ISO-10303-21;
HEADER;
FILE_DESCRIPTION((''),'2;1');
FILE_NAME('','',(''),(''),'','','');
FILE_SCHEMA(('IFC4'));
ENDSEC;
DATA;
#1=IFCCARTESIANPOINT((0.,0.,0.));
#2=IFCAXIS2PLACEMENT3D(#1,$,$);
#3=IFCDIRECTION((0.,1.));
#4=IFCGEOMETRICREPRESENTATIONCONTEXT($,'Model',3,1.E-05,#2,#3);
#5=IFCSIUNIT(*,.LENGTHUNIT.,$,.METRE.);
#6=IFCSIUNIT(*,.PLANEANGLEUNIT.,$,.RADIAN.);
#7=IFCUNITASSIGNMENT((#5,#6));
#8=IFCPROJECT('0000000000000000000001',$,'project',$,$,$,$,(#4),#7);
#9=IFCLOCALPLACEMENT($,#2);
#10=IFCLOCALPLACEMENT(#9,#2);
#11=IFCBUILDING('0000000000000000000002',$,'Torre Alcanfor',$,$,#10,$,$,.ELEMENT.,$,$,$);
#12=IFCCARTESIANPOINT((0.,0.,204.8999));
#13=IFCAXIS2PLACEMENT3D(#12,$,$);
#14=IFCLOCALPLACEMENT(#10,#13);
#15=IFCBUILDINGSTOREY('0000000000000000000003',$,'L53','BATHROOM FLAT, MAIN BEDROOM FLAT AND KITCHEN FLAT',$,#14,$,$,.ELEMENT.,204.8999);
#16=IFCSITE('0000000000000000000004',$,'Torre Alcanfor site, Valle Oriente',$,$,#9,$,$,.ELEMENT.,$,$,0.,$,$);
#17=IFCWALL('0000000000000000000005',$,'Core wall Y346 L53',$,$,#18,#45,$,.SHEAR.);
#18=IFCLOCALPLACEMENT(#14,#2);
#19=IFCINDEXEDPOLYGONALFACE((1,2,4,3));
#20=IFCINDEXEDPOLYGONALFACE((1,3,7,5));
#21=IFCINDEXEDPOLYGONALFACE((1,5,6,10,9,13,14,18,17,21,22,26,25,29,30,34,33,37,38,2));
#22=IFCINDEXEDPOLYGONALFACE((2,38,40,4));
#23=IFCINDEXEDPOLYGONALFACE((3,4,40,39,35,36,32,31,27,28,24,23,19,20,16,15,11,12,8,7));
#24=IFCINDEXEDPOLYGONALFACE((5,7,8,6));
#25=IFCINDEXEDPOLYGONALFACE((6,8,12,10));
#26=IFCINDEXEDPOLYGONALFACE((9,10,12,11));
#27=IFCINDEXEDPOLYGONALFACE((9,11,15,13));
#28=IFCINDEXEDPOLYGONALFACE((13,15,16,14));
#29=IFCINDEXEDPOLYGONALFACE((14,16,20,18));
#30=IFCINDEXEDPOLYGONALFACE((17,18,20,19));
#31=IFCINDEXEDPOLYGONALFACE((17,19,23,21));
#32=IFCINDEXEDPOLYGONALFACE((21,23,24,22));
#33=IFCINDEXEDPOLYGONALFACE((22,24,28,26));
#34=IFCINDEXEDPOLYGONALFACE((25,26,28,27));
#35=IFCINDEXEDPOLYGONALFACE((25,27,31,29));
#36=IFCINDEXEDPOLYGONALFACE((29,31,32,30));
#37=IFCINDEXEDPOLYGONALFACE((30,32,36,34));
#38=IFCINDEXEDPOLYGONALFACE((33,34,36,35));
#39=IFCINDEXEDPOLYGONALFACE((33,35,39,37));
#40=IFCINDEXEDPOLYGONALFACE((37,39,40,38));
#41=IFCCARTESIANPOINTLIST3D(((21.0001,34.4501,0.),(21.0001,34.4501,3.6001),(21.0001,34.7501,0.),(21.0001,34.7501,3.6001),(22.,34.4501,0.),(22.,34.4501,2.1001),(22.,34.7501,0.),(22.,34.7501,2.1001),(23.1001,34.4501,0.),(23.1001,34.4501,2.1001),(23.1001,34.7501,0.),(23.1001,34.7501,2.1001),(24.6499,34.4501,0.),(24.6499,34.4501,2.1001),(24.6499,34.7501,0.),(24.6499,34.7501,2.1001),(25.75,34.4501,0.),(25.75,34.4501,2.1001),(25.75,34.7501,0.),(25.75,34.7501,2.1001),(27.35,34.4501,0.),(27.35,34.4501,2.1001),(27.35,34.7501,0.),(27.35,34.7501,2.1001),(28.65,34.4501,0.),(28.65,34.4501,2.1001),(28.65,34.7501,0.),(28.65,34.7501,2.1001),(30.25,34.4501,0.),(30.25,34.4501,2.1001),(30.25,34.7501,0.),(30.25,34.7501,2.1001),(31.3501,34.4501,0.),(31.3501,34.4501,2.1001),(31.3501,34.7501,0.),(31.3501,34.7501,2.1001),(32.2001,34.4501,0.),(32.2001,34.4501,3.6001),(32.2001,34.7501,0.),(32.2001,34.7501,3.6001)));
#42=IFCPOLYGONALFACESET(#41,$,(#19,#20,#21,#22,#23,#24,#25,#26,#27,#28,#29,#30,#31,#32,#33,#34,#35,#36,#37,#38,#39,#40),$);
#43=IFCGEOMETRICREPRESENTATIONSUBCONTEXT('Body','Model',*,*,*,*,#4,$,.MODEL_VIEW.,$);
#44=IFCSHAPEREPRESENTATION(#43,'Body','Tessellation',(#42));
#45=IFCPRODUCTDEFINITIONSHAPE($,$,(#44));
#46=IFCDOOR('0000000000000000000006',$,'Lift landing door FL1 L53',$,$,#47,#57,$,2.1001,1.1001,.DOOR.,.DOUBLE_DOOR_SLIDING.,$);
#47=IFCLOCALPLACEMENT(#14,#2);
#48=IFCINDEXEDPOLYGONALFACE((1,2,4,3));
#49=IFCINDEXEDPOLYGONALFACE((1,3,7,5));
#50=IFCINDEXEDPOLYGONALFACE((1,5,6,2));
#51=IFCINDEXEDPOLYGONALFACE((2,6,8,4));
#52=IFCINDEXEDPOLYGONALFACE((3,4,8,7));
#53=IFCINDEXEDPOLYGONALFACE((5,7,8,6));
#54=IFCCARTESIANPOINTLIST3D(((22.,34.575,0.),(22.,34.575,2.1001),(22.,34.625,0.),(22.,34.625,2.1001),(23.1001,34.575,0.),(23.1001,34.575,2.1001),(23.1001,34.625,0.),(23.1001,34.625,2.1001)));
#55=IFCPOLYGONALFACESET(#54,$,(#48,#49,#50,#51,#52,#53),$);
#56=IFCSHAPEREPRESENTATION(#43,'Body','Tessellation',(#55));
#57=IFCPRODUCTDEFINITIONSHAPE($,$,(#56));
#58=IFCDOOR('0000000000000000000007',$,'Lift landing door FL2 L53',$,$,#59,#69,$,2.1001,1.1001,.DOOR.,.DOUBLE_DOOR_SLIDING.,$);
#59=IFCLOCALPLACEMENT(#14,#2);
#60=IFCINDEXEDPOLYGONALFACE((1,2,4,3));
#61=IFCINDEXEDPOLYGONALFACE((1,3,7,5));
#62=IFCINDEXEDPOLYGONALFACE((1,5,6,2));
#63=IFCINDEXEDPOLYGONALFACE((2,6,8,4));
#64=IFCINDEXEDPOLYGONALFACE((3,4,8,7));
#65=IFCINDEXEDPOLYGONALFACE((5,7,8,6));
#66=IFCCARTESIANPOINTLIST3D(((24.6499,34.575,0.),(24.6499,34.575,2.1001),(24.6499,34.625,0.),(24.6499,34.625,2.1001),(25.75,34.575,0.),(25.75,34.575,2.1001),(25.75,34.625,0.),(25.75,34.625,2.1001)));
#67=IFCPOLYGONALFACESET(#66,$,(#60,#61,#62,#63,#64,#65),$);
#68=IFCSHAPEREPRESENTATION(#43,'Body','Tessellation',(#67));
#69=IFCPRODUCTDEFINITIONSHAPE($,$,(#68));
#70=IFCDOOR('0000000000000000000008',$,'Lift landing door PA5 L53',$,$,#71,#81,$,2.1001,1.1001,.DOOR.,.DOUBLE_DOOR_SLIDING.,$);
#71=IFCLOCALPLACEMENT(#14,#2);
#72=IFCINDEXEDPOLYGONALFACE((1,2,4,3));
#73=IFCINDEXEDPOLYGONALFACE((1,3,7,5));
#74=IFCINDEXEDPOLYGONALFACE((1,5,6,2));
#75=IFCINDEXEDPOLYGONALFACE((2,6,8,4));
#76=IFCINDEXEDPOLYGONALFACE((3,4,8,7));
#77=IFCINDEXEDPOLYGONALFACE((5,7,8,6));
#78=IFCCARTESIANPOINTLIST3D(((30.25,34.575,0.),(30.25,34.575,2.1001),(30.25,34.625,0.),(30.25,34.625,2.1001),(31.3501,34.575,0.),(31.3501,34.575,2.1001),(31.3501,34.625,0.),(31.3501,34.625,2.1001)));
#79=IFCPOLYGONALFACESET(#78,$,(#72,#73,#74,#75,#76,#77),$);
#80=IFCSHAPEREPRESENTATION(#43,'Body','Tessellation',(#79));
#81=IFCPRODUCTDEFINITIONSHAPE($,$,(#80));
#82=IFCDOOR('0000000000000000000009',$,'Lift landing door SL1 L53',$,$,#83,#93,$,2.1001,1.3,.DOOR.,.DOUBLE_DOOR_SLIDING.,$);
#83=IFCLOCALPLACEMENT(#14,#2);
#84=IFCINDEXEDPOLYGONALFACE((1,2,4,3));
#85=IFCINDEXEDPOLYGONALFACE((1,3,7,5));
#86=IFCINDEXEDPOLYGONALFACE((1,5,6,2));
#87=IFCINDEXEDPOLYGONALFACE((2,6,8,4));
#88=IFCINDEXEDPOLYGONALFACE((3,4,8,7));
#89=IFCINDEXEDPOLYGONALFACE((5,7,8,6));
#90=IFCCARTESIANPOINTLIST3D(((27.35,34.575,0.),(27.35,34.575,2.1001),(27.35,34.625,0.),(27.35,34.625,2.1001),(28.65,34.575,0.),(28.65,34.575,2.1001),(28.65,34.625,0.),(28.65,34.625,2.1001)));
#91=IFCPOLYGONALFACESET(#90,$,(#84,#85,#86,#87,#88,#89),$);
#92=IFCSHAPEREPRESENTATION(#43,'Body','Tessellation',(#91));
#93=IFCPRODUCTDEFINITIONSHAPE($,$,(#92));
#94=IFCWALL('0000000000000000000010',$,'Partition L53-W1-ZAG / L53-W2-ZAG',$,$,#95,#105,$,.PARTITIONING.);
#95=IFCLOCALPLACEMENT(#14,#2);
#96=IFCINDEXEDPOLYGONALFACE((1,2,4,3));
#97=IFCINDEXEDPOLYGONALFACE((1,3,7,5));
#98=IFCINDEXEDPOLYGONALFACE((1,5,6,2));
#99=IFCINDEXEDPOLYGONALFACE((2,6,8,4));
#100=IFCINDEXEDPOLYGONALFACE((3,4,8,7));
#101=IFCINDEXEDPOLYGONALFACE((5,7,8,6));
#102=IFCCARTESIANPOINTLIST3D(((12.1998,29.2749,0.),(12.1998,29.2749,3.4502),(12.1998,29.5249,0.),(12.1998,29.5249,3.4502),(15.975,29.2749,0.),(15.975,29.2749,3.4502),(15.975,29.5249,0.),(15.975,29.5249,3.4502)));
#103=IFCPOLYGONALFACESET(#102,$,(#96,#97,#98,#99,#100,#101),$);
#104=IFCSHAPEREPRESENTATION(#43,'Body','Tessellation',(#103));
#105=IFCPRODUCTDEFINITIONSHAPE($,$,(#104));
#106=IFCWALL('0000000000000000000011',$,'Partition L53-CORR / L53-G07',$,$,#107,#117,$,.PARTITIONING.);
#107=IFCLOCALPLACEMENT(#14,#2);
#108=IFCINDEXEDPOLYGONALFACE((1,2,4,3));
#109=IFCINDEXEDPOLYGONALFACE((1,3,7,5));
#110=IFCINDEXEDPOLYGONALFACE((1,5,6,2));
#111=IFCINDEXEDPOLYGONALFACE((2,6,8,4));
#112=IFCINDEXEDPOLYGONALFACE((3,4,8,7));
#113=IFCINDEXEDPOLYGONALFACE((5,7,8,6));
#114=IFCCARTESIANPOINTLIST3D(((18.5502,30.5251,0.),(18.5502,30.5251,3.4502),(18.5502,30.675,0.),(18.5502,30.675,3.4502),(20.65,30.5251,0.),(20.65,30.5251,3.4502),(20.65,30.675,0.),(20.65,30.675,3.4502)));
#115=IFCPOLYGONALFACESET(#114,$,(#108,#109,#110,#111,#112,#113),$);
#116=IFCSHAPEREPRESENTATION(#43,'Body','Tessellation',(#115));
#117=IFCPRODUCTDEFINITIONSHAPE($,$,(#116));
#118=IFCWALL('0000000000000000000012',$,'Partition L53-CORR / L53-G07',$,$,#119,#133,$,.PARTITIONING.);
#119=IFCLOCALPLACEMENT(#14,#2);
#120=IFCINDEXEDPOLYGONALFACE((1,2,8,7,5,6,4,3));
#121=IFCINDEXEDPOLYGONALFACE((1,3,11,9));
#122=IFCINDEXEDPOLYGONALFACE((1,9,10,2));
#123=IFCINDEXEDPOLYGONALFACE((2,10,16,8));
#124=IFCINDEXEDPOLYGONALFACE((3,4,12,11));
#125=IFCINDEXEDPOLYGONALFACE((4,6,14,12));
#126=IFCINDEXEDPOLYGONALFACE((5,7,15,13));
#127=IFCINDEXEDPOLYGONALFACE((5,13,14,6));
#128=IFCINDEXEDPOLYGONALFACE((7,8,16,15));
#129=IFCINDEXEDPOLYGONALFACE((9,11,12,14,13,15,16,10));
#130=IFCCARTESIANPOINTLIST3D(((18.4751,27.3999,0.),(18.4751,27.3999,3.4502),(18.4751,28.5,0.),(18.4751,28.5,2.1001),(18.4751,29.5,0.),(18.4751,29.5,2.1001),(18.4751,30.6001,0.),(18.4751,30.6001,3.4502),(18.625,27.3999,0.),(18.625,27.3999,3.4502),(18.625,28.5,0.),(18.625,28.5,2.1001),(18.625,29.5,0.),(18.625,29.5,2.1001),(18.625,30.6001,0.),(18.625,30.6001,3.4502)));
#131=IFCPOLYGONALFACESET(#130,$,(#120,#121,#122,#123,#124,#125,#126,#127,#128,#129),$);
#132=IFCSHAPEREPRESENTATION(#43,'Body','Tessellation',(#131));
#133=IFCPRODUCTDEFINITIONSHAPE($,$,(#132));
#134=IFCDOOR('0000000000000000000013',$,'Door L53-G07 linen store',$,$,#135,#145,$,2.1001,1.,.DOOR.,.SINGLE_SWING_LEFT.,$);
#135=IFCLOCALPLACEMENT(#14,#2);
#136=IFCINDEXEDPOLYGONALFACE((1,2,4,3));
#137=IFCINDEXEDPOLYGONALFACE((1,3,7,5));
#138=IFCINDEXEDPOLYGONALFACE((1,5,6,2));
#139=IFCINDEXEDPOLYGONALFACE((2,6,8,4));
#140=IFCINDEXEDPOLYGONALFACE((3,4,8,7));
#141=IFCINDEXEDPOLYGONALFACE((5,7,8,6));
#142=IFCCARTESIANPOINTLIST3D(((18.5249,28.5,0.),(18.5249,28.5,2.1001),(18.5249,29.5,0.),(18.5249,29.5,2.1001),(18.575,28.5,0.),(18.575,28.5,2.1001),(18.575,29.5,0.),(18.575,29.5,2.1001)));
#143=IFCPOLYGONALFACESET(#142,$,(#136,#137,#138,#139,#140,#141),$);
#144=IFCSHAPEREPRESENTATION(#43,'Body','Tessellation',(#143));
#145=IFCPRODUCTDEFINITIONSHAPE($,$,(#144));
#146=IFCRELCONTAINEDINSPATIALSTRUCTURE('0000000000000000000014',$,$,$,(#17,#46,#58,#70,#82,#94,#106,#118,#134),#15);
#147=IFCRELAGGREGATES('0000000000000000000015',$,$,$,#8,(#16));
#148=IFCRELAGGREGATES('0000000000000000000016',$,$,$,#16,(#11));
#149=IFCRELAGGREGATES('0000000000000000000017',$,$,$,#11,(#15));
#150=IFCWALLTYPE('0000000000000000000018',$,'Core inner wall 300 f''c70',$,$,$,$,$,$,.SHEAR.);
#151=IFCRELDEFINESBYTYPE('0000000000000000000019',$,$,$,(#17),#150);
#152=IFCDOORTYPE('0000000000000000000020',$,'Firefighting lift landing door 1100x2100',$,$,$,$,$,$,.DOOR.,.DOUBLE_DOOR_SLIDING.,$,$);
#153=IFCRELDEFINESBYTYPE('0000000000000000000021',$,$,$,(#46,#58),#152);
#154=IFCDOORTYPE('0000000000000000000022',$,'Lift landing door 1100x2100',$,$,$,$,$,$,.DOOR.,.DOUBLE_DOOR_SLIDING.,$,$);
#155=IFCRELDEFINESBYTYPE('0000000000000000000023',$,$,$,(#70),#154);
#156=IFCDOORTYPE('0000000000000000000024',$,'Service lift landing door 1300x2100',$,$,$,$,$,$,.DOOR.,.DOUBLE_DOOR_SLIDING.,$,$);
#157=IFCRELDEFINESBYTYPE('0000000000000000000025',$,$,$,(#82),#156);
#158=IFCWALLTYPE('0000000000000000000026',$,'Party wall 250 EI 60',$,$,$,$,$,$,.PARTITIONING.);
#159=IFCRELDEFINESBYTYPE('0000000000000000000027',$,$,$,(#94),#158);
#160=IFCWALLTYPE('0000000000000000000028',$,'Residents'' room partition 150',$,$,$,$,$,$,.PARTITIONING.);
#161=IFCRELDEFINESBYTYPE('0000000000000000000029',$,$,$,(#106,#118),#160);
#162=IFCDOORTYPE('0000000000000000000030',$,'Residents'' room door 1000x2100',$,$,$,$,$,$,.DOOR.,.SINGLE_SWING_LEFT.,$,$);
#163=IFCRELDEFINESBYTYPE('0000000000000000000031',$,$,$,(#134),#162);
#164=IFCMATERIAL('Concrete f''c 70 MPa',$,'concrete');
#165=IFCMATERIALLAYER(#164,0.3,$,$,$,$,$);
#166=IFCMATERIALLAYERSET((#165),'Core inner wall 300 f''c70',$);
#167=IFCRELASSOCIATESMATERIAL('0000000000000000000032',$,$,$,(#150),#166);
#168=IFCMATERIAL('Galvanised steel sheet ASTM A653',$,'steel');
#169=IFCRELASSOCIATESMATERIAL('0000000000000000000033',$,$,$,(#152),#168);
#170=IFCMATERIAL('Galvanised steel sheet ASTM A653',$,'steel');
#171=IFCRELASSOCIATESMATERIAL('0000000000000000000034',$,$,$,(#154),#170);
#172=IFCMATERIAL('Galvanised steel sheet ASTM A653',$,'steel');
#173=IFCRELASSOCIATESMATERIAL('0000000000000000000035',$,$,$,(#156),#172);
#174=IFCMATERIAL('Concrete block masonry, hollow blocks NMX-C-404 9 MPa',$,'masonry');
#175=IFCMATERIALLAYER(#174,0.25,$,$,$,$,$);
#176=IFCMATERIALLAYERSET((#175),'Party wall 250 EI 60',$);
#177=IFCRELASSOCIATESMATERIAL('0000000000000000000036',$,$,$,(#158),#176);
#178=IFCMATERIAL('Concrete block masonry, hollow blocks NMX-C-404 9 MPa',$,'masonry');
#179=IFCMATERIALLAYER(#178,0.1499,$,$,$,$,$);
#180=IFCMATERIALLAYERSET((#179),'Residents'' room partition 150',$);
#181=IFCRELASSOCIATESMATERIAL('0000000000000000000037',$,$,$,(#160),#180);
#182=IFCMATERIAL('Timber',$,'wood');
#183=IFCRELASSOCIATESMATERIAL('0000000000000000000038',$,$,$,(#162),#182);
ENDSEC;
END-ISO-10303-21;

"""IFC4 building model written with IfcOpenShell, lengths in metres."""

from ifc_helpers import new_model, si_unit, direction, frame, frame_2d, origin, place, context, subcontext, project, spatial, rectangle, extrude, material, layer, layer_set, type_object, element, fill, save


model = new_model("IFC4")

# Units and contexts
model_context = context("Model", 3, precision=1e-05, world=origin(), true_north=direction((0.0, 1.0)))
body_context = subcontext(model_context, "Body", "Model", "MODEL_VIEW")
ifc_project = project(units=[si_unit("LENGTHUNIT", "METRE"), si_unit("PLANEANGLEUNIT", "RADIAN")], contexts=[model_context])

# Site, building, storey
site_placement = place(None, origin())
site = spatial("IfcSite", under=ifc_project, at=site_placement, Name="Torre Alcanfor site, Valle Oriente", CompositionType="ELEMENT", RefElevation=0.0)
building_placement = place(site_placement, origin())
building = spatial("IfcBuilding", under=site, at=building_placement, Name="Torre Alcanfor", CompositionType="ELEMENT")
storey_placement = place(building_placement, frame((0.0, 0.0, 204.8999)))
storey = spatial("IfcBuildingStorey", under=building, at=storey_placement, Name="L53", Description="BATHROOM FLAT, MAIN BEDROOM FLAT AND KITCHEN FLAT", CompositionType="ELEMENT", Elevation=204.8999)

# Shared definitions
ifc_material_1 = material(Name="Concrete f'c 70 MPa", Category="concrete")
ifc_layer_1 = layer(ifc_material_1, 0.3)
ifc_layer_set_1 = layer_set([ifc_layer_1], Name="Core inner wall 300 f'c70")
wall_type_1 = type_object("IfcWallType", Name="Core inner wall 300 f'c70", PredefinedType="SHEAR", material=ifc_layer_set_1)

# Wall, openings, doors
wall_1_placement = place(storey_placement, frame((21.0, 34.6001, 0.0), z_axis=(0.0, 0.0, 1.0), x_axis=(1.0, 0.0, 0.0)))
wall_1 = element("IfcWall", 1, at=wall_1_placement, inside=storey, type_object=wall_type_1, Name="Core wall Y346 L53", PredefinedType="SHEAR", context=body_context, shape_type="SweptSolid", body=[
    extrude(rectangle(XDim=11.2, YDim=0.3, at=frame_2d((5.6001, 0.0))), origin(), (0.0, 0.0, 1.0), 3.6001),
])
opening_1_placement = place(wall_1_placement, frame((9.25, 0.0, 0.0)))
opening_1 = element("IfcOpeningElement", 2, at=opening_1_placement, cuts=wall_1, PredefinedType="OPENING", context=body_context, shape_type="SweptSolid", body=[
    extrude(rectangle(XDim=1.1001, YDim=2.1001, at=frame_2d((0.55, 1.05))), frame((0.0, 0.1599, 0.0), z_axis=(0.0, -1.0, 0.0), x_axis=(1.0, 0.0, 0.0)), (0.0, 0.0, 1.0), 0.3201),
])
opening_2_placement = place(wall_1_placement, frame((1.0, 0.0, 0.0)))
opening_2 = element("IfcOpeningElement", 3, at=opening_2_placement, cuts=wall_1, PredefinedType="OPENING", context=body_context, shape_type="SweptSolid", body=[
    extrude(rectangle(XDim=1.1001, YDim=2.1001, at=frame_2d((0.55, 1.05))), frame((0.0, 0.1599, 0.0), z_axis=(0.0, -1.0, 0.0), x_axis=(1.0, 0.0, 0.0)), (0.0, 0.0, 1.0), 0.3201),
])
opening_3_placement = place(wall_1_placement, frame((3.6499, 0.0, 0.0)))
opening_3 = element("IfcOpeningElement", 4, at=opening_3_placement, cuts=wall_1, PredefinedType="OPENING", context=body_context, shape_type="SweptSolid", body=[
    extrude(rectangle(XDim=1.1001, YDim=2.1001, at=frame_2d((0.55, 1.05))), frame((0.0, 0.1599, 0.0), z_axis=(0.0, -1.0, 0.0), x_axis=(1.0, 0.0, 0.0)), (0.0, 0.0, 1.0), 0.3201),
])
opening_4_placement = place(wall_1_placement, frame((6.3501, 0.0, 0.0)))
opening_4 = element("IfcOpeningElement", 5, at=opening_4_placement, cuts=wall_1, PredefinedType="OPENING", context=body_context, shape_type="SweptSolid", body=[
    extrude(rectangle(XDim=1.3, YDim=2.1001, at=frame_2d((0.6499, 1.05))), frame((0.0, 0.1599, 0.0), z_axis=(0.0, -1.0, 0.0), x_axis=(1.0, 0.0, 0.0)), (0.0, 0.0, 1.0), 0.3201),
])
ifc_material_2 = material(Name="Galvanised steel sheet ASTM A653", Category="steel")
door_type_1 = type_object("IfcDoorType", Name="Firefighting lift landing door 1100x2100", OperationType="DOUBLE_DOOR_SLIDING", PredefinedType="DOOR", material=ifc_material_2)
door_1_placement = place(opening_2_placement, origin())
door_1 = element("IfcDoor", 6, at=door_1_placement, inside=storey, type_object=door_type_1, Name="Lift landing door FL1 L53", OperationType="DOUBLE_DOOR_SLIDING", OverallHeight=2.1001, OverallWidth=1.1001, PredefinedType="DOOR", context=body_context, shape_type="SweptSolid", body=[
    extrude(rectangle(XDim=1.1001, YDim=2.1001, at=frame_2d((0.55, 1.05))), frame((0.0, 0.0249, 0.0), z_axis=(0.0, -1.0, 0.0), x_axis=(1.0, 0.0, 0.0)), (0.0, 0.0, 1.0), 0.05),
])
fill(opening_2, door_1)
door_2_placement = place(opening_3_placement, origin())
door_2 = element("IfcDoor", 7, at=door_2_placement, inside=storey, type_object=door_type_1, Name="Lift landing door FL2 L53", OperationType="DOUBLE_DOOR_SLIDING", OverallHeight=2.1001, OverallWidth=1.1001, PredefinedType="DOOR", context=body_context, shape_type="SweptSolid", body=[
    extrude(rectangle(XDim=1.1001, YDim=2.1001, at=frame_2d((0.55, 1.05))), frame((0.0, 0.0249, 0.0), z_axis=(0.0, -1.0, 0.0), x_axis=(1.0, 0.0, 0.0)), (0.0, 0.0, 1.0), 0.05),
])
fill(opening_3, door_2)
ifc_material_3 = material(Name="Galvanised steel sheet ASTM A653", Category="steel")
door_type_2 = type_object("IfcDoorType", Name="Lift landing door 1100x2100", OperationType="DOUBLE_DOOR_SLIDING", PredefinedType="DOOR", material=ifc_material_3)
door_3_placement = place(opening_1_placement, origin())
door_3 = element("IfcDoor", 8, at=door_3_placement, inside=storey, type_object=door_type_2, Name="Lift landing door PA5 L53", OperationType="DOUBLE_DOOR_SLIDING", OverallHeight=2.1001, OverallWidth=1.1001, PredefinedType="DOOR", context=body_context, shape_type="SweptSolid", body=[
    extrude(rectangle(XDim=1.1001, YDim=2.1001, at=frame_2d((0.55, 1.05))), frame((0.0, 0.0249, 0.0), z_axis=(0.0, -1.0, 0.0), x_axis=(1.0, 0.0, 0.0)), (0.0, 0.0, 1.0), 0.05),
])
fill(opening_1, door_3)
ifc_material_4 = material(Name="Galvanised steel sheet ASTM A653", Category="steel")
door_type_3 = type_object("IfcDoorType", Name="Service lift landing door 1300x2100", OperationType="DOUBLE_DOOR_SLIDING", PredefinedType="DOOR", material=ifc_material_4)
door_4_placement = place(opening_4_placement, origin())
door_4 = element("IfcDoor", 9, at=door_4_placement, inside=storey, type_object=door_type_3, Name="Lift landing door SL1 L53", OperationType="DOUBLE_DOOR_SLIDING", OverallHeight=2.1001, OverallWidth=1.3, PredefinedType="DOOR", context=body_context, shape_type="SweptSolid", body=[
    extrude(rectangle(XDim=1.3, YDim=2.1001, at=frame_2d((0.6499, 1.05))), frame((0.0, 0.0249, 0.0), z_axis=(0.0, -1.0, 0.0), x_axis=(1.0, 0.0, 0.0)), (0.0, 0.0, 1.0), 0.05),
])
fill(opening_4, door_4)

# Walls
ifc_material_5 = material(Name="Concrete block masonry, hollow blocks NMX-C-404 9 MPa", Category="masonry")
ifc_layer_2 = layer(ifc_material_5, 0.25)
ifc_layer_set_2 = layer_set([ifc_layer_2], Name="Party wall 250 EI 60")
wall_type_2 = type_object("IfcWallType", Name="Party wall 250 EI 60", PredefinedType="PARTITIONING", material=ifc_layer_set_2)
wall_2_placement = place(storey_placement, frame((15.9751, 29.3999, 0.0), z_axis=(0.0, 0.0, 1.0), x_axis=(-1.0, 0.0, 0.0)))
element("IfcWall", 10, at=wall_2_placement, inside=storey, type_object=wall_type_2, Name="Partition L53-W1-ZAG / L53-W2-ZAG", PredefinedType="PARTITIONING", context=body_context, shape_type="SweptSolid", body=[
    extrude(rectangle(XDim=3.7751, YDim=0.25, at=frame_2d((1.8877, 0.0))), origin(), (0.0, 0.0, 1.0), 3.4502),
])
ifc_material_6 = material(Name="Concrete block masonry, hollow blocks NMX-C-404 9 MPa", Category="masonry")
ifc_layer_3 = layer(ifc_material_6, 0.1499)
ifc_layer_set_3 = layer_set([ifc_layer_3], Name="Residents' room partition 150")
wall_type_3 = type_object("IfcWallType", Name="Residents' room partition 150", PredefinedType="PARTITIONING", material=ifc_layer_set_3)
wall_3_placement = place(storey_placement, frame((20.6499, 30.6001, 0.0), z_axis=(0.0, 0.0, 1.0), x_axis=(-1.0, 0.0, 0.0)))
element("IfcWall", 11, at=wall_3_placement, inside=storey, type_object=wall_type_3, Name="Partition L53-CORR / L53-G07", PredefinedType="PARTITIONING", context=body_context, shape_type="SweptSolid", body=[
    extrude(rectangle(XDim=2.0999, YDim=0.1499, at=frame_2d((1.0498, 0.0))), origin(), (0.0, 0.0, 1.0), 3.4502),
])

# Wall, opening, door
wall_4_placement = place(storey_placement, frame((18.55, 30.6001, 0.0), z_axis=(0.0, 0.0, 1.0), x_axis=(0.0, -1.0, 0.0)))
wall_4 = element("IfcWall", 12, at=wall_4_placement, inside=storey, type_object=wall_type_3, Name="Partition L53-CORR / L53-G07", PredefinedType="PARTITIONING", context=body_context, shape_type="SweptSolid", body=[
    extrude(rectangle(XDim=3.2002, YDim=0.1499, at=frame_2d((1.6001, 0.0))), origin(), (0.0, 0.0, 1.0), 3.4502),
])
opening_5_placement = place(wall_4_placement, frame((1.1001, 0.0, 0.0)))
opening_5 = element("IfcOpeningElement", 13, at=opening_5_placement, cuts=wall_4, PredefinedType="OPENING", context=body_context, shape_type="SweptSolid", body=[
    extrude(rectangle(XDim=1.0, YDim=2.1001, at=frame_2d((0.5, 1.05))), frame((0.0, 0.085, 0.0), z_axis=(0.0, -1.0, 0.0), x_axis=(1.0, 0.0, 0.0)), (0.0, 0.0, 1.0), 0.1699),
])
ifc_material_7 = material(Name="Timber", Category="wood")
door_type_4 = type_object("IfcDoorType", Name="Residents' room door 1000x2100", OperationType="SINGLE_SWING_LEFT", PredefinedType="DOOR", material=ifc_material_7)
door_5_placement = place(opening_5_placement, origin())
door_5 = element("IfcDoor", 14, at=door_5_placement, inside=storey, type_object=door_type_4, Name="Door L53-G07 linen store", OperationType="SINGLE_SWING_LEFT", OverallHeight=2.1001, OverallWidth=1.0, PredefinedType="DOOR", context=body_context, shape_type="SweptSolid", body=[
    extrude(rectangle(XDim=1.0, YDim=2.1001, at=frame_2d((0.5, 1.05))), frame((0.0, 0.0249, 0.0), z_axis=(0.0, -1.0, 0.0), x_axis=(1.0, 0.0, 0.0)), (0.0, 0.0, 1.0), 0.05),
])
fill(opening_5, door_5)

save(model, "model.ifc")
